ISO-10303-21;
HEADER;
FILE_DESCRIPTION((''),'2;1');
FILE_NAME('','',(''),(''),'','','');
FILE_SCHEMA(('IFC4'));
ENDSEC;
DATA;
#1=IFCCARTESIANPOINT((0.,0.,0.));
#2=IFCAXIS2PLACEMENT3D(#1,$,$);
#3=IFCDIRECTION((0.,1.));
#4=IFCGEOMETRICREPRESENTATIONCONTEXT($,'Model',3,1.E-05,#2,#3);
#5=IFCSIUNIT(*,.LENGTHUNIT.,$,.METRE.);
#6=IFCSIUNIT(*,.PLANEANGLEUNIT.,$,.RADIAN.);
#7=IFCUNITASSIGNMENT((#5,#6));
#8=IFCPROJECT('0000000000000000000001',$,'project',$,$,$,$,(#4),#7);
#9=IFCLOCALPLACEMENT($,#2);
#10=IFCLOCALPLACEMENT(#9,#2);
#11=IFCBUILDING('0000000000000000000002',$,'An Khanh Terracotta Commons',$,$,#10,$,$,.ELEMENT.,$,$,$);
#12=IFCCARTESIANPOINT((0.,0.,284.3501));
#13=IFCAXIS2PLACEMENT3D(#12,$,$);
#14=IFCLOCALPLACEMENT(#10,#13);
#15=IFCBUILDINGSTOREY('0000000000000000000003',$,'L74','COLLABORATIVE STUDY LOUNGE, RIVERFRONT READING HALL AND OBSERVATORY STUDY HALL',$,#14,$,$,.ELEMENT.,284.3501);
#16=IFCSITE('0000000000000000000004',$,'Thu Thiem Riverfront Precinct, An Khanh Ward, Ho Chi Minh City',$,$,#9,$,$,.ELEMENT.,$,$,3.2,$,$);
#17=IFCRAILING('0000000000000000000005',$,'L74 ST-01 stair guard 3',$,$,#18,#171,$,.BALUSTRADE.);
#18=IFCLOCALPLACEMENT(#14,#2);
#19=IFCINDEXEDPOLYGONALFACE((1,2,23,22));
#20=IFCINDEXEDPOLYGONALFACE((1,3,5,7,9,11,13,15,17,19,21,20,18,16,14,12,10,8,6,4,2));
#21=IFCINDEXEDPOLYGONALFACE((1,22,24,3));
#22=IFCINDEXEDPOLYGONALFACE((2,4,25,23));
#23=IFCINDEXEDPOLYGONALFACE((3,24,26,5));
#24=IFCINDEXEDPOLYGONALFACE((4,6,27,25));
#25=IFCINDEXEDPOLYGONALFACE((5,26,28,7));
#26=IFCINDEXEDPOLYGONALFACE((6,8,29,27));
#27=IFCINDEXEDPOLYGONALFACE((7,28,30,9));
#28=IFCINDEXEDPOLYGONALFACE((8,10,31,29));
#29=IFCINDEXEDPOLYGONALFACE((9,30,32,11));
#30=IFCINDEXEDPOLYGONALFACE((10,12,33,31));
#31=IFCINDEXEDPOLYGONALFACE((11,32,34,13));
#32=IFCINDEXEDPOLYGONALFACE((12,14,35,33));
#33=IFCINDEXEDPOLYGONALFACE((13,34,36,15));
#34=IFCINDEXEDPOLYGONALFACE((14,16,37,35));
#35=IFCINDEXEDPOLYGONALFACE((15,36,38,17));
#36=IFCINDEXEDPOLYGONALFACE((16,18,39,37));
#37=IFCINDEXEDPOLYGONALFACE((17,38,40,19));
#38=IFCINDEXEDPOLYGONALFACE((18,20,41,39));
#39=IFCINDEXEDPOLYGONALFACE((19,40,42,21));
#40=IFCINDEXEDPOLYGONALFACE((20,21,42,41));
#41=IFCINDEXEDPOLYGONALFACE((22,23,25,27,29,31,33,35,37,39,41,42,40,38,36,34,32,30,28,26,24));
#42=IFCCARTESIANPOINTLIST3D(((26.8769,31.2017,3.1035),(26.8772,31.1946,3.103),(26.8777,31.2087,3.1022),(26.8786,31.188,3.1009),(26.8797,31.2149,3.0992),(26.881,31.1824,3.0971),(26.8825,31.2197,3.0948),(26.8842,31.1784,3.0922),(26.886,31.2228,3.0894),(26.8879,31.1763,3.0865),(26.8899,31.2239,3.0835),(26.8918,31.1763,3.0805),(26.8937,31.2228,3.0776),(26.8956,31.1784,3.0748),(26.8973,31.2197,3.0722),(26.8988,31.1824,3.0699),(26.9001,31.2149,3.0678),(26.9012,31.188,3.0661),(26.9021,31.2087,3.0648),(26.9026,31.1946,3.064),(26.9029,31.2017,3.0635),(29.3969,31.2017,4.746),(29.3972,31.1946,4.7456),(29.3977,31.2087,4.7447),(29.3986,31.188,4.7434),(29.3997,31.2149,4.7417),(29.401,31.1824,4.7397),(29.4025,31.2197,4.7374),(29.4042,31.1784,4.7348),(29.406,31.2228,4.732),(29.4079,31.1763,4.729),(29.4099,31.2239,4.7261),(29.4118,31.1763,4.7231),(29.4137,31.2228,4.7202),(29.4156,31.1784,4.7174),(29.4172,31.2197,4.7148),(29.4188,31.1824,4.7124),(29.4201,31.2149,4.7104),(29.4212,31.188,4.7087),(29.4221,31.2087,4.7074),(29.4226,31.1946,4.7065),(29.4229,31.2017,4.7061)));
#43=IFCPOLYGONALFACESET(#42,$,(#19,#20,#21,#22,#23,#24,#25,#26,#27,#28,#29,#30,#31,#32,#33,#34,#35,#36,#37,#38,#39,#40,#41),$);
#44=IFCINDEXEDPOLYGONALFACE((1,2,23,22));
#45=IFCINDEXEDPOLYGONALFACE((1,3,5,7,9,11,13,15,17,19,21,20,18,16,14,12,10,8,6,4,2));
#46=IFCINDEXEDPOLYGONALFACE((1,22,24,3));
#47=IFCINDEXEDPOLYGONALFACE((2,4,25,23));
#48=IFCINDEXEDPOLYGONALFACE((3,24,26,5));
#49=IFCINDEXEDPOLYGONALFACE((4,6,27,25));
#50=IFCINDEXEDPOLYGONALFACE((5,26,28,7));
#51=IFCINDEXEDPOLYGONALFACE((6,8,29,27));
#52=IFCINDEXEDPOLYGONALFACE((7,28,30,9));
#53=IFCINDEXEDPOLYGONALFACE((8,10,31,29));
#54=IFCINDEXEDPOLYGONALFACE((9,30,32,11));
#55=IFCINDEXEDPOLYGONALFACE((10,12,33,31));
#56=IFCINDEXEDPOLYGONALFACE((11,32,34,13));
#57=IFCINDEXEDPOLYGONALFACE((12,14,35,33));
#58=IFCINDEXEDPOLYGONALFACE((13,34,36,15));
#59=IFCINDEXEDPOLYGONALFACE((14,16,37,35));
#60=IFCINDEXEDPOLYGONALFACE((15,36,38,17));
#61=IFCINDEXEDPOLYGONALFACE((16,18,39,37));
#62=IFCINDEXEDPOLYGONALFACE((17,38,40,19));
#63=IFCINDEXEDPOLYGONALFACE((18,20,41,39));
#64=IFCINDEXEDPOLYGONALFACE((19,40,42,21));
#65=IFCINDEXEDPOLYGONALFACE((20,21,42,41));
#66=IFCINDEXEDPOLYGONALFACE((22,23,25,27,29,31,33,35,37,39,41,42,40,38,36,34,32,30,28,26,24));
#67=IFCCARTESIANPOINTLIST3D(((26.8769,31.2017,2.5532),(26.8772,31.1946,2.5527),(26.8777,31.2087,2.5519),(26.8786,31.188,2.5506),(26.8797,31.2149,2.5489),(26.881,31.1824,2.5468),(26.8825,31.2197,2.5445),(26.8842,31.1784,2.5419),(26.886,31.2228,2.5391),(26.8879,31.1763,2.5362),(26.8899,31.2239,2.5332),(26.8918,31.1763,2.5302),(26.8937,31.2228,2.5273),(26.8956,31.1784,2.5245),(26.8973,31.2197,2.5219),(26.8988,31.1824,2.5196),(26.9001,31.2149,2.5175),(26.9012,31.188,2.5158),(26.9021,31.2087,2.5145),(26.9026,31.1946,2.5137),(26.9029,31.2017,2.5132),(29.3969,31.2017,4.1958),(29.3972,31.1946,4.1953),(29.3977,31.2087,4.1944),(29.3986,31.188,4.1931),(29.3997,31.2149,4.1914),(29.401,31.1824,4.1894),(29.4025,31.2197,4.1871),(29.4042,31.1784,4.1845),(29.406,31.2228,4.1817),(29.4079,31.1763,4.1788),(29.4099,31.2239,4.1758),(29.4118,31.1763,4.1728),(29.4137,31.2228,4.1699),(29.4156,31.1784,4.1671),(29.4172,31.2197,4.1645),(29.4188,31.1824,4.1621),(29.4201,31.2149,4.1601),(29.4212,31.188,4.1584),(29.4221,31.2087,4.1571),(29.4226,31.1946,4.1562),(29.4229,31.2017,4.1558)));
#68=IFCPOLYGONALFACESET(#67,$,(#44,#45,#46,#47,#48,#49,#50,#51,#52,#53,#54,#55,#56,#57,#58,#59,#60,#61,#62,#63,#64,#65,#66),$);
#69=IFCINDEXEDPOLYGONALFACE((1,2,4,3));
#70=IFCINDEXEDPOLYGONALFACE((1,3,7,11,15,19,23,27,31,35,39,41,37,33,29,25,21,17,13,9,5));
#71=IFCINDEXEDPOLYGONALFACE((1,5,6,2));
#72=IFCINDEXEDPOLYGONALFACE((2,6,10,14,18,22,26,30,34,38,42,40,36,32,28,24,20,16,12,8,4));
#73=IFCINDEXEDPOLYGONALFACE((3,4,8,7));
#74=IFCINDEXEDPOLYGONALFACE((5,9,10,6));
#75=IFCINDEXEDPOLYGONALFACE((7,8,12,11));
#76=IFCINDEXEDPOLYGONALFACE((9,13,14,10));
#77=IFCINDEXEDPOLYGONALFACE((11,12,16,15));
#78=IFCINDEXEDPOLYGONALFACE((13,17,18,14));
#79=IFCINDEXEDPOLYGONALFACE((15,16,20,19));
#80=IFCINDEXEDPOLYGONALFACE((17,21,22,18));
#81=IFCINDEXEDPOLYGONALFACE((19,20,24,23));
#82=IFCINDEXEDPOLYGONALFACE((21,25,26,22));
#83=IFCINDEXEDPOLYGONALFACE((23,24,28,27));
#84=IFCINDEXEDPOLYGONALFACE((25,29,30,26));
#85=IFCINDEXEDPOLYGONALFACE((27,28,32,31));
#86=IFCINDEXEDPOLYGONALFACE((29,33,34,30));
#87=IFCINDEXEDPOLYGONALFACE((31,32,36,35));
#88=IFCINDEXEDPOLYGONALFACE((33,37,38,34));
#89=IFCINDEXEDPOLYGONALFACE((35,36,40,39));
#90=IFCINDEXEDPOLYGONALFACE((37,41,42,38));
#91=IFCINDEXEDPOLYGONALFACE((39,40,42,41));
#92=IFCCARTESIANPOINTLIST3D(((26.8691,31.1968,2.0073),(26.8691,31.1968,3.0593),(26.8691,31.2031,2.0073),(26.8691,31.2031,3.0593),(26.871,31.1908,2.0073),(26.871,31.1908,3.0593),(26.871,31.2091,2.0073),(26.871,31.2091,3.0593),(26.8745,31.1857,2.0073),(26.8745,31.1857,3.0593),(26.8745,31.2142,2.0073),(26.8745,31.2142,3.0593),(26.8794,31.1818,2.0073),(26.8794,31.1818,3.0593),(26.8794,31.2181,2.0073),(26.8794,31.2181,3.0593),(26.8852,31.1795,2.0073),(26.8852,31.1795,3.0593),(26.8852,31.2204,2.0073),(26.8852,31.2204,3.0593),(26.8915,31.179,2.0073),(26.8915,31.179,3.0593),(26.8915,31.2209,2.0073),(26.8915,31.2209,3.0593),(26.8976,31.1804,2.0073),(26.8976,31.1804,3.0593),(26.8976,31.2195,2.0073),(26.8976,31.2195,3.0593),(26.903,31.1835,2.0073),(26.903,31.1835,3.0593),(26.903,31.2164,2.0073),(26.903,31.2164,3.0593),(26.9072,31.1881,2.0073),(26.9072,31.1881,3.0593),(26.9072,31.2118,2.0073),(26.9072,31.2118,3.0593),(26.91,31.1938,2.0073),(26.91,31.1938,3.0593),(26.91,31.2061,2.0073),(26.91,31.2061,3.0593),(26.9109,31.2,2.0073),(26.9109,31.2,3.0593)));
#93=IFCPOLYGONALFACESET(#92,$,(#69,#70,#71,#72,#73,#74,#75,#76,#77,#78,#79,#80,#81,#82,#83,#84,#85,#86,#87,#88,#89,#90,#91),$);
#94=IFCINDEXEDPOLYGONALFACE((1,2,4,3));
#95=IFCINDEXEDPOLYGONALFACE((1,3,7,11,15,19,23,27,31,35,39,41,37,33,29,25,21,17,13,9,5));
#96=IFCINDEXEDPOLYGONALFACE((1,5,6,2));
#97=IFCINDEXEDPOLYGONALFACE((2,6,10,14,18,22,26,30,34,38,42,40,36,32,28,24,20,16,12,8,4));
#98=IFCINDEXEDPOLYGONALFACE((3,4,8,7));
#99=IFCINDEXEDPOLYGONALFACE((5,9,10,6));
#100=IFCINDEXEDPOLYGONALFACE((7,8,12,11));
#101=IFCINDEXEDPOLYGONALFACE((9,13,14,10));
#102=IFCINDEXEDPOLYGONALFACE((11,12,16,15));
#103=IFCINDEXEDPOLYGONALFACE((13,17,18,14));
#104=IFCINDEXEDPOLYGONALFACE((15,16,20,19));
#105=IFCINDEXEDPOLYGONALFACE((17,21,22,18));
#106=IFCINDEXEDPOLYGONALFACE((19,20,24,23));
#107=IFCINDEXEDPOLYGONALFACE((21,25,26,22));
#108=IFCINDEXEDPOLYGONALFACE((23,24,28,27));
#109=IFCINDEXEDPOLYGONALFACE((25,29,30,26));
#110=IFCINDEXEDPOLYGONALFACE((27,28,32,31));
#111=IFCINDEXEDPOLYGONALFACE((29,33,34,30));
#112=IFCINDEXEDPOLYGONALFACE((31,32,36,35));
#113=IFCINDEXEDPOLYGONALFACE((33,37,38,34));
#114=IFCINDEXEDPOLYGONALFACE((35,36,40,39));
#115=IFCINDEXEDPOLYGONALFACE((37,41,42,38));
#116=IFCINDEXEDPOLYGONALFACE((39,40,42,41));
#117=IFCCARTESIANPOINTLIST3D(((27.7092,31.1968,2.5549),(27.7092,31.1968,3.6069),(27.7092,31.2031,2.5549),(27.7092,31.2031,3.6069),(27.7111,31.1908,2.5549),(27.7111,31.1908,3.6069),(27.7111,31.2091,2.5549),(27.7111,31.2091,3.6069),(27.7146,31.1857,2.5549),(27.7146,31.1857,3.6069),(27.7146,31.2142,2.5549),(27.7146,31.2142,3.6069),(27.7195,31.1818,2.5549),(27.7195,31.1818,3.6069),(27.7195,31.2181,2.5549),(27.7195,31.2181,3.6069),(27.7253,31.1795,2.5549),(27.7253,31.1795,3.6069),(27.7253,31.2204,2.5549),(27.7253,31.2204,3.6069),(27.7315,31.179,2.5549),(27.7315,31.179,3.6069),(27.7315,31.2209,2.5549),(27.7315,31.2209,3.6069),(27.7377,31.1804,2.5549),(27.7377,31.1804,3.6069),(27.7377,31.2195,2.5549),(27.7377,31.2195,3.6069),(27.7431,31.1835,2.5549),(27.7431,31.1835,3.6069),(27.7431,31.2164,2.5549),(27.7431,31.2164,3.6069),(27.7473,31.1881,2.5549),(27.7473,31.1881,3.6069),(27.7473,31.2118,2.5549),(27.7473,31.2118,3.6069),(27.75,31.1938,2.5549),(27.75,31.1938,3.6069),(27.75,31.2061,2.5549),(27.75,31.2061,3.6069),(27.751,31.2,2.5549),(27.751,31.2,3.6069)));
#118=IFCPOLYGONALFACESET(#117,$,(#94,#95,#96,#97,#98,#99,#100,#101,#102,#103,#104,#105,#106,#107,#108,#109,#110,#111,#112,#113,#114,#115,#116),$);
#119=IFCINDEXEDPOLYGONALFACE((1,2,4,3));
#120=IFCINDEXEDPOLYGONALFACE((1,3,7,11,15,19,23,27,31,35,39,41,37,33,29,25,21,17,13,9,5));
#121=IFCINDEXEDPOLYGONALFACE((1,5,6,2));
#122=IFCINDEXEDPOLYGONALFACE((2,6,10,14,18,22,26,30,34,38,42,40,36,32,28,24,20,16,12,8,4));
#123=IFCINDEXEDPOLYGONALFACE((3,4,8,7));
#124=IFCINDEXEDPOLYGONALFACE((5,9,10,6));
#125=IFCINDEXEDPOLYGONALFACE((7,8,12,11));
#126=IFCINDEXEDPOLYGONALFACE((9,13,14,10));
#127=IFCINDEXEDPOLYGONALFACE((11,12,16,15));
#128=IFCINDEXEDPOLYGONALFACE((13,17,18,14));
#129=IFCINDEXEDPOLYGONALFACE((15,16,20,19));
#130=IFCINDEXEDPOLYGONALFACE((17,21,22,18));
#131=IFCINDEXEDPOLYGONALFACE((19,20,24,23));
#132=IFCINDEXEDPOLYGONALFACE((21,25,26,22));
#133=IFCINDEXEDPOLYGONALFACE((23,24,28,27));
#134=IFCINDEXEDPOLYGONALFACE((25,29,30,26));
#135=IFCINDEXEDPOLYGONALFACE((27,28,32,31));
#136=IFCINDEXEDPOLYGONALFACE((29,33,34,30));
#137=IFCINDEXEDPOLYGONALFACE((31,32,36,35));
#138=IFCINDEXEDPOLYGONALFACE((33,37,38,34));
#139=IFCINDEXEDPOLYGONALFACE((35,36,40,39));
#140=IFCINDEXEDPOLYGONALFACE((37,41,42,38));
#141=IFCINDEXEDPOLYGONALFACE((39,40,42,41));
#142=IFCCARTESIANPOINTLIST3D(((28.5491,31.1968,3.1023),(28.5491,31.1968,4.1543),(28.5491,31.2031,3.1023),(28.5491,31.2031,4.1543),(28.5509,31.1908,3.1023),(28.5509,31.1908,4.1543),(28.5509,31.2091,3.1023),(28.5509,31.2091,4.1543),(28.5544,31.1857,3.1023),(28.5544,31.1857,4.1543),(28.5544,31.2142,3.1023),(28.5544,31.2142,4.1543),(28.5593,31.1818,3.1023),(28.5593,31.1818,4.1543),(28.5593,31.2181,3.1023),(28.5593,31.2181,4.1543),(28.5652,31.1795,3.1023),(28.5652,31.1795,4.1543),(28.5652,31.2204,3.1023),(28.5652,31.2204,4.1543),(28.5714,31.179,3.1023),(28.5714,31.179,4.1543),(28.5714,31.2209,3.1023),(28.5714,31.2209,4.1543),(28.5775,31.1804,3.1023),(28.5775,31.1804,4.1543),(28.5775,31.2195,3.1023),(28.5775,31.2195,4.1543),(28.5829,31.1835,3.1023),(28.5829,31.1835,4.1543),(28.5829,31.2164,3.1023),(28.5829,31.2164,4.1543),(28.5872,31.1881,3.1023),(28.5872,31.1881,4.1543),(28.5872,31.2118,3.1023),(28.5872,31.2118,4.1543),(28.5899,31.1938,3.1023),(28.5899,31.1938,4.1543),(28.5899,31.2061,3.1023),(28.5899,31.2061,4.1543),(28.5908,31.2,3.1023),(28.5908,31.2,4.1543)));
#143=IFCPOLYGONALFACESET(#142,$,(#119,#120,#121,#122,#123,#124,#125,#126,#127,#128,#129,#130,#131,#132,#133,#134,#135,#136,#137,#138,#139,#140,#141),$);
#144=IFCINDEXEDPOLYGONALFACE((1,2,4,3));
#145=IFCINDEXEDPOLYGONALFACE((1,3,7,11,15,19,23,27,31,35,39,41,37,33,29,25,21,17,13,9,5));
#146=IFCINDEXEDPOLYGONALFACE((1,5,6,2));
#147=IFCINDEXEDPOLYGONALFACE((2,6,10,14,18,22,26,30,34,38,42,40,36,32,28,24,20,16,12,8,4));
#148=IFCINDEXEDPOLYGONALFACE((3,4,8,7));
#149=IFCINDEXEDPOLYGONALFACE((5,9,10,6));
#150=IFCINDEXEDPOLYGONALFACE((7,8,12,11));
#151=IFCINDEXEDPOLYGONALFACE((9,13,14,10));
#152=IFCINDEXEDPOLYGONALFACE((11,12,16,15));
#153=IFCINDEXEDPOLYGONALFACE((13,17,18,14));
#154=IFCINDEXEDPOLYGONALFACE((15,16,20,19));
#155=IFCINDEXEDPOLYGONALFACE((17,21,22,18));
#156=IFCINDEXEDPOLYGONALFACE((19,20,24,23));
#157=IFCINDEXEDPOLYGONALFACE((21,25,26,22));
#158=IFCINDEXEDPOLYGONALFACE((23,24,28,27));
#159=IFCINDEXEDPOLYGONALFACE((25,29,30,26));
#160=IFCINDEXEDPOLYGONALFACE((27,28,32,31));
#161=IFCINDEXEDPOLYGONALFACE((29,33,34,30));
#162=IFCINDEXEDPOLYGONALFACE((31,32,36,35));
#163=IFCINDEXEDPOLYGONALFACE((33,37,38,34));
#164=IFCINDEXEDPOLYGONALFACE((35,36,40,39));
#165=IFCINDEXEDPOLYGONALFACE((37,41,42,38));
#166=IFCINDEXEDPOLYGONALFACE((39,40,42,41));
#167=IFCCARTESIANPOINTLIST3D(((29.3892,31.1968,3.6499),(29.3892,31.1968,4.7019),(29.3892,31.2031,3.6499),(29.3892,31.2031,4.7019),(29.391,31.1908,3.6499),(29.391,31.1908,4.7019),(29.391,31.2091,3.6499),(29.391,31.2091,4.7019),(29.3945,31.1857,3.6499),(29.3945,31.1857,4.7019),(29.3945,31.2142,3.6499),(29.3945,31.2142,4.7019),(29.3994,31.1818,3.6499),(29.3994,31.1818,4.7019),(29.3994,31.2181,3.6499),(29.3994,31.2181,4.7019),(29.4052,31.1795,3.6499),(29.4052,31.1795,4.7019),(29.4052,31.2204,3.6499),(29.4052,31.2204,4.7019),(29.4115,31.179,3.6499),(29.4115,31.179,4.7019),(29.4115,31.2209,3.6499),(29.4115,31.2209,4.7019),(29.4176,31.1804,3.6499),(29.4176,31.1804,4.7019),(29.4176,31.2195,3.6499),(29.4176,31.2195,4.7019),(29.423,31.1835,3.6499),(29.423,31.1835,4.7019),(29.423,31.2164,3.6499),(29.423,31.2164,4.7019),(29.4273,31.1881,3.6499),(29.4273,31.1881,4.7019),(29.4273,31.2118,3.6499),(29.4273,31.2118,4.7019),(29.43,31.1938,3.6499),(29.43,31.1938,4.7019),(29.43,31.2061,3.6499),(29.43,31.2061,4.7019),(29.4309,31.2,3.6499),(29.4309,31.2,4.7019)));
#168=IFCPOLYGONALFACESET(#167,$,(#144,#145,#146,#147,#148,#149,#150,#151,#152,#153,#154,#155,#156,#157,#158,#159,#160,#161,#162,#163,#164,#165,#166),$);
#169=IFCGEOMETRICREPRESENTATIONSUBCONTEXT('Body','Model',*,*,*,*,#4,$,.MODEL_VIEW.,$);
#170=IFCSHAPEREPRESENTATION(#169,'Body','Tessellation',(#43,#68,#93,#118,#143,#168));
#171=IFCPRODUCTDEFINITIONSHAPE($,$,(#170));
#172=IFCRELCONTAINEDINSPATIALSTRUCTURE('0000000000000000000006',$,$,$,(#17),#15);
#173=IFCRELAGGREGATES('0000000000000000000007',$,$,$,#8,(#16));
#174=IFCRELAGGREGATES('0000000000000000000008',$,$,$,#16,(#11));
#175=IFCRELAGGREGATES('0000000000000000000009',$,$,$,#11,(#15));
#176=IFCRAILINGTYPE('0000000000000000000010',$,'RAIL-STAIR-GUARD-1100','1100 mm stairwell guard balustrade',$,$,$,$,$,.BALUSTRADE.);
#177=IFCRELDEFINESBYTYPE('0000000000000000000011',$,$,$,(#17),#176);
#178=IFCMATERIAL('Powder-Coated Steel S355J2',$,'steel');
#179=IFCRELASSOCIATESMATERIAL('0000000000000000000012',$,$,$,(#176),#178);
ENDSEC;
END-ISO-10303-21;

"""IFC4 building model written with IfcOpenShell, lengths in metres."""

from ifc_helpers import new_model, si_unit, direction, frame, origin, origin_2d, place, context, subcontext, project, spatial, circle, extrude, material, type_object, element, save


model = new_model("IFC4")

# Units and contexts
model_context = context("Model", 3, precision=1e-05, world=origin(), true_north=direction((0.0, 1.0)))
body_context = subcontext(model_context, "Body", "Model", "MODEL_VIEW")
ifc_project = project(units=[si_unit("LENGTHUNIT", "METRE"), si_unit("PLANEANGLEUNIT", "RADIAN")], contexts=[model_context])

# Site, building, storey
site_placement = place(None, origin())
site = spatial("IfcSite", under=ifc_project, at=site_placement, Name="Thu Thiem Riverfront Precinct, An Khanh Ward, Ho Chi Minh City", CompositionType="ELEMENT", RefElevation=3.2)
building_placement = place(site_placement, origin())
building = spatial("IfcBuilding", under=site, at=building_placement, Name="An Khanh Terracotta Commons", CompositionType="ELEMENT")
storey_placement = place(building_placement, frame((0.0, 0.0, 284.3501)))
storey = spatial("IfcBuildingStorey", under=building, at=storey_placement, Name="L74", Description="COLLABORATIVE STUDY LOUNGE, RIVERFRONT READING HALL AND OBSERVATORY STUDY HALL", CompositionType="ELEMENT", Elevation=284.3501)

# Railing
ifc_material_1 = material(Name="Powder-Coated Steel S355J2", Category="steel")
railing_type_1 = type_object("IfcRailingType", Name="RAIL-STAIR-GUARD-1100", Description="1100 mm stairwell guard balustrade", PredefinedType="BALUSTRADE", material=ifc_material_1)
railing_1_placement = place(storey_placement, frame((26.8899, 31.2, 2.0073)))
element("IfcRailing", 1, at=railing_1_placement, inside=storey, type_object=railing_type_1, Name="L74 ST-01 stair guard 3", PredefinedType="BALUSTRADE", context=body_context, shape_type="SweptSolid", body=[
    extrude(circle(Radius=0.0239, at=origin_2d()), frame((0.0, 0.0, 1.0762), z_axis=(0.837749, 0.0, 0.546055), x_axis=(0.0, 1.0, 0.0)), (0.0, 0.0, 1.0), 3.0081),
    extrude(circle(Radius=0.0239, at=origin_2d()), frame((0.0, 0.0, 0.5259), z_axis=(0.837749, 0.0, 0.546055), x_axis=(0.0, 1.0, 0.0)), (0.0, 0.0, 1.0), 3.0081),
    extrude(circle(Radius=0.021, at=origin_2d()), origin(), (0.0, 0.0, 1.0), 1.052),
    extrude(circle(Radius=0.021, at=origin_2d()), frame((0.8401, 0.0, 0.5476)), (0.0, 0.0, 1.0), 1.052),
    extrude(circle(Radius=0.021, at=origin_2d()), frame((1.6799, 0.0, 1.095)), (0.0, 0.0, 1.0), 1.052),
    extrude(circle(Radius=0.021, at=origin_2d()), frame((2.52, 0.0, 1.6426)), (0.0, 0.0, 1.0), 1.052),
])

save(model, "model.ifc")
